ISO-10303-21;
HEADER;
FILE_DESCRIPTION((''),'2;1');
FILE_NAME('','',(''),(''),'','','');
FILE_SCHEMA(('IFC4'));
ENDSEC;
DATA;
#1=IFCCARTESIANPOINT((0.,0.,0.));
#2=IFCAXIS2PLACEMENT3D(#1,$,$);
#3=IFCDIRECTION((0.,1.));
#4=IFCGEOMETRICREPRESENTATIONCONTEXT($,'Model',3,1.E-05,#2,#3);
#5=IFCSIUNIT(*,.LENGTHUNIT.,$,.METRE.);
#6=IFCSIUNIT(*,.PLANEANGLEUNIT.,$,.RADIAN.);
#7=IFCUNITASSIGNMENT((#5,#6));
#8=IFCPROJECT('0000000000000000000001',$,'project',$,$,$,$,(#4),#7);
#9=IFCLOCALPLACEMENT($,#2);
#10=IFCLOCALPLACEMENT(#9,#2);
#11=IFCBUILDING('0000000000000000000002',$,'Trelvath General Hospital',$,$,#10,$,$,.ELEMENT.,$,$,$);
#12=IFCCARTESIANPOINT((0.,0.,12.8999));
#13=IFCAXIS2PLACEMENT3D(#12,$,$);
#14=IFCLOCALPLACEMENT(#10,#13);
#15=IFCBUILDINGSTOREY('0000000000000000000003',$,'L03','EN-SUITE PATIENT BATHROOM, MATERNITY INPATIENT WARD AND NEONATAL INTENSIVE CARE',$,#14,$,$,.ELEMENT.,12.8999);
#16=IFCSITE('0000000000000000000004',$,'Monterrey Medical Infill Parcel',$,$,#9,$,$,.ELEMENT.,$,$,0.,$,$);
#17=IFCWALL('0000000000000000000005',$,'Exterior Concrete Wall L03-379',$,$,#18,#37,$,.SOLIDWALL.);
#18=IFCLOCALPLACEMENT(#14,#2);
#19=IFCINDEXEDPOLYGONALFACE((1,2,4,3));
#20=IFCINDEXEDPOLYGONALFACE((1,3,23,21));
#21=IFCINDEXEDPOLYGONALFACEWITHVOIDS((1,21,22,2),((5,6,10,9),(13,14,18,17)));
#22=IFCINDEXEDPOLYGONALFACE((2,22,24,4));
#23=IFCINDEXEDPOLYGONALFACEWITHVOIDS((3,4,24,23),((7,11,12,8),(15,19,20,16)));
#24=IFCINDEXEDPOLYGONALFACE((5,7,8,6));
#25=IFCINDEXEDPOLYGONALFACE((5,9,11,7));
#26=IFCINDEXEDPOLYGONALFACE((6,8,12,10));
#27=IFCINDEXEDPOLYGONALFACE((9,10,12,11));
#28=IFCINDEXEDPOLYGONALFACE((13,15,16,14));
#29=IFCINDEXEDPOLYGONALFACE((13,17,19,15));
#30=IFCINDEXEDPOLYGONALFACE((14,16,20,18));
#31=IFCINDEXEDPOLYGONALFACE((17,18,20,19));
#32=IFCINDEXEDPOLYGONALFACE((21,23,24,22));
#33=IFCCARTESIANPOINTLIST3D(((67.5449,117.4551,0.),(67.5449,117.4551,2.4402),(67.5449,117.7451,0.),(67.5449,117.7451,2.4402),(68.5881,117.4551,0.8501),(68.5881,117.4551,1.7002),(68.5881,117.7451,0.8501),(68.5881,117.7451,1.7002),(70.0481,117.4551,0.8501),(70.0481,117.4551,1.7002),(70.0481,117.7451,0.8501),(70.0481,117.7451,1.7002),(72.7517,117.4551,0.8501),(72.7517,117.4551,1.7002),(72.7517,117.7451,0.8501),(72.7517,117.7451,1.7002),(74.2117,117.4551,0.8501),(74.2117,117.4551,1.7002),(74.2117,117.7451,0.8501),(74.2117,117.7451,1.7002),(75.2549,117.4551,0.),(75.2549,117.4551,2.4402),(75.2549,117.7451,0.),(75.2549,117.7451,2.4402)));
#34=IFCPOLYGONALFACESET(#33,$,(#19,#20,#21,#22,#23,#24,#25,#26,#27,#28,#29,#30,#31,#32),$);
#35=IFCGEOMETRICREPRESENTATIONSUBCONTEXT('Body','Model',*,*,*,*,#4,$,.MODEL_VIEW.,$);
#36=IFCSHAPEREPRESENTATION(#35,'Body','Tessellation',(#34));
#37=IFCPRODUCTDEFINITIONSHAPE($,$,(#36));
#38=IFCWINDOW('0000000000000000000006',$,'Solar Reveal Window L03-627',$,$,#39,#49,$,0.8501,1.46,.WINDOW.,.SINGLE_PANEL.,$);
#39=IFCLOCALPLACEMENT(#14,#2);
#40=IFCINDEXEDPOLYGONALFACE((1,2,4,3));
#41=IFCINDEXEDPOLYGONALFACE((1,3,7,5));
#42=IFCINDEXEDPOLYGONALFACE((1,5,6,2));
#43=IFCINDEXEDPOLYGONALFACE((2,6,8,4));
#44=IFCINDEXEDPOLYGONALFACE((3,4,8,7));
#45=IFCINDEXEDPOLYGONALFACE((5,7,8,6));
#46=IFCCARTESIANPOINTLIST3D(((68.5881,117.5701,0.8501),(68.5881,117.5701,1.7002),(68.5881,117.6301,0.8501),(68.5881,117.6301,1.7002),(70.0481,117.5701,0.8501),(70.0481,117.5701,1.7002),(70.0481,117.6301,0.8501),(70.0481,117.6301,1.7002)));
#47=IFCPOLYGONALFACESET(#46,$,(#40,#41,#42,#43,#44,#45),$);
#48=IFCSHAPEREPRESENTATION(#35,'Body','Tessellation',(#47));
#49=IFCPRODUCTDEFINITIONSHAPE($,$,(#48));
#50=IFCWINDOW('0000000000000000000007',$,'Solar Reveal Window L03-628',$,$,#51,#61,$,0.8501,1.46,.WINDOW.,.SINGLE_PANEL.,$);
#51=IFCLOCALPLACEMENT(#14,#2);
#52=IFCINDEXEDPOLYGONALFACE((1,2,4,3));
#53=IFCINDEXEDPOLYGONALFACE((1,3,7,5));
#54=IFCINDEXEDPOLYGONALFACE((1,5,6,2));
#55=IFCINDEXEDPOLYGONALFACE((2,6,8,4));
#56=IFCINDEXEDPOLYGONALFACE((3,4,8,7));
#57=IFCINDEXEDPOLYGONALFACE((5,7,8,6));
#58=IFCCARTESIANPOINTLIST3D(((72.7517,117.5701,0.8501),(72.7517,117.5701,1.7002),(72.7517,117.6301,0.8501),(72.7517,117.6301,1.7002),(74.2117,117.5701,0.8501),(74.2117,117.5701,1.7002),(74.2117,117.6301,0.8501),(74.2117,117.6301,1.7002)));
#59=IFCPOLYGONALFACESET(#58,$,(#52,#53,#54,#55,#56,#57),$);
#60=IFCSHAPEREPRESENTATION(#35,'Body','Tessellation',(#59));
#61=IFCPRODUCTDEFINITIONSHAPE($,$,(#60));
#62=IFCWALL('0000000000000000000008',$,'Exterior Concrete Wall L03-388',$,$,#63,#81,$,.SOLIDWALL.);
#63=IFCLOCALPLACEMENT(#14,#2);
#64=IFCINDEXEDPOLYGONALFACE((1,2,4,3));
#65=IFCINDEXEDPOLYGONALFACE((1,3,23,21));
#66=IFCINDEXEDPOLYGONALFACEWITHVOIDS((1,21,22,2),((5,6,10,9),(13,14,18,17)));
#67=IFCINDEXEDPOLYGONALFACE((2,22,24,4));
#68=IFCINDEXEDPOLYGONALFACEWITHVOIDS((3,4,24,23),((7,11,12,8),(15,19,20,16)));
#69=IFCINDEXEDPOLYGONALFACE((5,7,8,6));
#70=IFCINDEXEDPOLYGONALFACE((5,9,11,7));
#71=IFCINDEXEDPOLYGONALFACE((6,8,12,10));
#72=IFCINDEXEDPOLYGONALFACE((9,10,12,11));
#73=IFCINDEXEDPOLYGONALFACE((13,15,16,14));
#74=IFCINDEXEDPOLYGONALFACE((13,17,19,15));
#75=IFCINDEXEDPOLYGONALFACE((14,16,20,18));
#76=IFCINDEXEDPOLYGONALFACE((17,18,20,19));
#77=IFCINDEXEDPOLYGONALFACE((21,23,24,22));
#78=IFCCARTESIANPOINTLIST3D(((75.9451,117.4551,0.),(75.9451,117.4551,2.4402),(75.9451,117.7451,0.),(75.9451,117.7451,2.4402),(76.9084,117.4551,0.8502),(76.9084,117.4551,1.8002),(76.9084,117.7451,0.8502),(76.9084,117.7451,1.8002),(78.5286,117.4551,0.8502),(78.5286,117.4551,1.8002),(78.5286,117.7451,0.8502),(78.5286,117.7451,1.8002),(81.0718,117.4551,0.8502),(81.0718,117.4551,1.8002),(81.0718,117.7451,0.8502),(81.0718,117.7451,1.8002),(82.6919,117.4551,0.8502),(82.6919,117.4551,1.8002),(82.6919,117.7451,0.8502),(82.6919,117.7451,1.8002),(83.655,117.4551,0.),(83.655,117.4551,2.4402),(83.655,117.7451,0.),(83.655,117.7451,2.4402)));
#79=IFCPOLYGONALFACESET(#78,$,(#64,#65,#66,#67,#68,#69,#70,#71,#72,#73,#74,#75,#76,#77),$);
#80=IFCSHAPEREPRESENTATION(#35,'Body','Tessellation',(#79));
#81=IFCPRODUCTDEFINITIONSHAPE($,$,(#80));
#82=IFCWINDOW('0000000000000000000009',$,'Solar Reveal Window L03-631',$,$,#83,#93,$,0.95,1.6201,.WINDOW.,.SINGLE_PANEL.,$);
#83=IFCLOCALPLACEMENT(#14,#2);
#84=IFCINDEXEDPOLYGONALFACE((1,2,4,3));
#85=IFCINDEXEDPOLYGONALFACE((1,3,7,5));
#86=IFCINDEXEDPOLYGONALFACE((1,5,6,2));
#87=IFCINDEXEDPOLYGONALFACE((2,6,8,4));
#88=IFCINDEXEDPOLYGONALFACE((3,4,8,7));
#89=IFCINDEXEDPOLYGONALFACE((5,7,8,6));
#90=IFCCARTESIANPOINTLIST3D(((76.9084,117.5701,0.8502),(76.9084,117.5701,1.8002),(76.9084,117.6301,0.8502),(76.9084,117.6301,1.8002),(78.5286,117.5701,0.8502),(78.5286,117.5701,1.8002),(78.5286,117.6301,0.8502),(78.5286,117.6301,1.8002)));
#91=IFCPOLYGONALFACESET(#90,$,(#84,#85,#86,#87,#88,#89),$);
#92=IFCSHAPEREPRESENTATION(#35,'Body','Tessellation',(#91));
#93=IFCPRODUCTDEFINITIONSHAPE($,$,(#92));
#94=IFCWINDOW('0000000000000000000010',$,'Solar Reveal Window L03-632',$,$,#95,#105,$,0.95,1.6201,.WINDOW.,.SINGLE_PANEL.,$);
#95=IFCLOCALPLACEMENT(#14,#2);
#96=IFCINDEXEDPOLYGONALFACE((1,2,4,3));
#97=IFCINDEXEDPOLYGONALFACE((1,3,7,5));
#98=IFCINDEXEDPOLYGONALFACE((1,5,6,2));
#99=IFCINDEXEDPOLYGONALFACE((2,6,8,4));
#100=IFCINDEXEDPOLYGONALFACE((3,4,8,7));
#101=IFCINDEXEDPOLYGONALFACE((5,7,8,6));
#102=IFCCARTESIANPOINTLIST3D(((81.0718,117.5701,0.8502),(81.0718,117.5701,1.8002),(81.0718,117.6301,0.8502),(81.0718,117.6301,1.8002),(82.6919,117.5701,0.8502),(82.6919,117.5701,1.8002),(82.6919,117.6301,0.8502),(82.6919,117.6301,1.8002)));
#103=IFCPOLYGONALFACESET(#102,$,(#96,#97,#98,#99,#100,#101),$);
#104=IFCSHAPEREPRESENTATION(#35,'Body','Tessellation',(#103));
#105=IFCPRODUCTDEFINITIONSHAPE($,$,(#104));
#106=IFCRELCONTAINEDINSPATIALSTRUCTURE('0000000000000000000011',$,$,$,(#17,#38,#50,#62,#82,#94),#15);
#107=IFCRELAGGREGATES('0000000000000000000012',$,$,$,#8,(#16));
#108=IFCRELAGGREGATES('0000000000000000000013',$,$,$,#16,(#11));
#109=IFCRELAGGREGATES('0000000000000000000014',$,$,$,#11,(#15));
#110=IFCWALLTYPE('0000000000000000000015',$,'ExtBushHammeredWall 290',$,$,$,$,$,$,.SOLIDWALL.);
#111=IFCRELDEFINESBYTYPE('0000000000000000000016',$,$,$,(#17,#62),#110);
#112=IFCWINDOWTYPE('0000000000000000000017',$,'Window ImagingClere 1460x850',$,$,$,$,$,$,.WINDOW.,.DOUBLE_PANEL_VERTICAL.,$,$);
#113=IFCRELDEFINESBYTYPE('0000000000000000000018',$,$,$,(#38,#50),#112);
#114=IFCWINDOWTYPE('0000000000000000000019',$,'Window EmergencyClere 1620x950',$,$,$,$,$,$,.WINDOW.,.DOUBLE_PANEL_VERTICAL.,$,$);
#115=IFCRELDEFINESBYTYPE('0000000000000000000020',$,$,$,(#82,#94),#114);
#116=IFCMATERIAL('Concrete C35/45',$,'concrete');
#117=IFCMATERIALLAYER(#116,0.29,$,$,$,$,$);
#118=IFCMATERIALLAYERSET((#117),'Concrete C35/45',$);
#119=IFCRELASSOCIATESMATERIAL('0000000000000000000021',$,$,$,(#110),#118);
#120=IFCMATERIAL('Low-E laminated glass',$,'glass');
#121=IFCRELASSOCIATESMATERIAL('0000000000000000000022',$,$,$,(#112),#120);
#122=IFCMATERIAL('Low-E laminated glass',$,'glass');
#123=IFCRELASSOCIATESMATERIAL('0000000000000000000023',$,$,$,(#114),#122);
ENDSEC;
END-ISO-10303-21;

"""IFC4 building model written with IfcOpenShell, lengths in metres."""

from ifc_helpers import new_model, si_unit, direction, frame, frame_2d, origin, place, context, subcontext, project, spatial, rectangle, extrude, material, layer, layer_set, type_object, element, fill, save


model = new_model("IFC4")

# Units and contexts
model_context = context("Model", 3, precision=1e-05, world=origin(), true_north=direction((0.0, 1.0)))
body_context = subcontext(model_context, "Body", "Model", "MODEL_VIEW")
ifc_project = project(units=[si_unit("LENGTHUNIT", "METRE"), si_unit("PLANEANGLEUNIT", "RADIAN")], contexts=[model_context])

# Site, building, storey
site_placement = place(None, origin())
site = spatial("IfcSite", under=ifc_project, at=site_placement, Name="Monterrey Medical Infill Parcel", CompositionType="ELEMENT", RefElevation=0.0)
building_placement = place(site_placement, origin())
building = spatial("IfcBuilding", under=site, at=building_placement, Name="Trelvath General Hospital", CompositionType="ELEMENT")
storey_placement = place(building_placement, frame((0.0, 0.0, 12.8999)))
storey = spatial("IfcBuildingStorey", under=building, at=storey_placement, Name="L03", Description="EN-SUITE PATIENT BATHROOM, MATERNITY INPATIENT WARD AND NEONATAL INTENSIVE CARE", CompositionType="ELEMENT", Elevation=12.8999)

# Walls, openings, windows
ifc_material_1 = material(Name="Concrete C35/45", Category="concrete")
ifc_layer_1 = layer(ifc_material_1, 0.29)
ifc_layer_set_1 = layer_set([ifc_layer_1], Name="Concrete C35/45")
wall_type_1 = type_object("IfcWallType", Name="ExtBushHammeredWall 290", PredefinedType="SOLIDWALL", material=ifc_layer_set_1)
wall_1_placement = place(storey_placement, frame((67.5449, 117.6001, 0.0), z_axis=(0.0, 0.0, 1.0), x_axis=(1.0, 0.0, 0.0)))
wall_1 = element("IfcWall", 1, at=wall_1_placement, inside=storey, type_object=wall_type_1, Name="Exterior Concrete Wall L03-379", PredefinedType="SOLIDWALL", context=body_context, shape_type="SweptSolid", body=[
    extrude(rectangle(XDim=7.71, YDim=0.29, at=frame_2d((3.855, 0.0))), origin(), (0.0, 0.0, 1.0), 2.4402),
])
opening_1_placement = place(wall_1_placement, frame((1.0432, 0.0, 0.8501)))
opening_1 = element("IfcOpeningElement", 2, at=opening_1_placement, cuts=wall_1, PredefinedType="OPENING", context=body_context, shape_type="SweptSolid", body=[
    extrude(rectangle(XDim=1.46, YDim=0.8501, at=frame_2d((0.73, 0.425))), frame((0.0, 0.155, 0.0), z_axis=(0.0, -1.0, 0.0), x_axis=(1.0, 0.0, 0.0)), (0.0, 0.0, 1.0), 0.3101),
])
opening_2_placement = place(wall_1_placement, frame((5.2068, 0.0, 0.8501)))
opening_2 = element("IfcOpeningElement", 3, at=opening_2_placement, cuts=wall_1, PredefinedType="OPENING", context=body_context, shape_type="SweptSolid", body=[
    extrude(rectangle(XDim=1.46, YDim=0.8501, at=frame_2d((0.73, 0.425))), frame((0.0, 0.155, 0.0), z_axis=(0.0, -1.0, 0.0), x_axis=(1.0, 0.0, 0.0)), (0.0, 0.0, 1.0), 0.3101),
])
ifc_material_2 = material(Name="Low-E laminated glass", Category="glass")
window_type_1 = type_object("IfcWindowType", Name="Window ImagingClere 1460x850", PartitioningType="DOUBLE_PANEL_VERTICAL", PredefinedType="WINDOW", material=ifc_material_2)
window_1_placement = place(opening_1_placement, origin())
window_1 = element("IfcWindow", 4, at=window_1_placement, inside=storey, type_object=window_type_1, Name="Solar Reveal Window L03-627", OverallHeight=0.8501, OverallWidth=1.46, PartitioningType="SINGLE_PANEL", PredefinedType="WINDOW", context=body_context, shape_type="SweptSolid", body=[
    extrude(rectangle(XDim=1.46, YDim=0.8501, at=frame_2d((0.73, 0.425))), frame((0.0, 0.03, 0.0), z_axis=(0.0, -1.0, 0.0), x_axis=(1.0, 0.0, 0.0)), (0.0, 0.0, 1.0), 0.0601),
])
fill(opening_1, window_1)
window_2_placement = place(opening_2_placement, origin())
window_2 = element("IfcWindow", 5, at=window_2_placement, inside=storey, type_object=window_type_1, Name="Solar Reveal Window L03-628", OverallHeight=0.8501, OverallWidth=1.46, PartitioningType="SINGLE_PANEL", PredefinedType="WINDOW", context=body_context, shape_type="SweptSolid", body=[
    extrude(rectangle(XDim=1.46, YDim=0.8501, at=frame_2d((0.73, 0.425))), frame((0.0, 0.03, 0.0), z_axis=(0.0, -1.0, 0.0), x_axis=(1.0, 0.0, 0.0)), (0.0, 0.0, 1.0), 0.0601),
])
fill(opening_2, window_2)
wall_2_placement = place(storey_placement, frame((75.9451, 117.6001, 0.0), z_axis=(0.0, 0.0, 1.0), x_axis=(1.0, 0.0, 0.0)))
wall_2 = element("IfcWall", 6, at=wall_2_placement, inside=storey, type_object=wall_type_1, Name="Exterior Concrete Wall L03-388", PredefinedType="SOLIDWALL", context=body_context, shape_type="SweptSolid", body=[
    extrude(rectangle(XDim=7.71, YDim=0.29, at=frame_2d((3.855, 0.0))), origin(), (0.0, 0.0, 1.0), 2.4402),
])
opening_3_placement = place(wall_2_placement, frame((0.9634, 0.0, 0.8501)))
opening_3 = element("IfcOpeningElement", 7, at=opening_3_placement, cuts=wall_2, PredefinedType="OPENING", context=body_context, shape_type="SweptSolid", body=[
    extrude(rectangle(XDim=1.6201, YDim=0.95, at=frame_2d((0.8101, 0.4751))), frame((0.0, 0.155, 0.0), z_axis=(0.0, -1.0, 0.0), x_axis=(1.0, 0.0, 0.0)), (0.0, 0.0, 1.0), 0.3101),
])
opening_4_placement = place(wall_2_placement, frame((5.1267, 0.0, 0.8501)))
opening_4 = element("IfcOpeningElement", 8, at=opening_4_placement, cuts=wall_2, PredefinedType="OPENING", context=body_context, shape_type="SweptSolid", body=[
    extrude(rectangle(XDim=1.6201, YDim=0.95, at=frame_2d((0.8101, 0.4751))), frame((0.0, 0.155, 0.0), z_axis=(0.0, -1.0, 0.0), x_axis=(1.0, 0.0, 0.0)), (0.0, 0.0, 1.0), 0.3101),
])
ifc_material_3 = material(Name="Low-E laminated glass", Category="glass")
window_type_2 = type_object("IfcWindowType", Name="Window EmergencyClere 1620x950", PartitioningType="DOUBLE_PANEL_VERTICAL", PredefinedType="WINDOW", material=ifc_material_3)
window_3_placement = place(opening_3_placement, origin())
window_3 = element("IfcWindow", 9, at=window_3_placement, inside=storey, type_object=window_type_2, Name="Solar Reveal Window L03-631", OverallHeight=0.95, OverallWidth=1.6201, PartitioningType="SINGLE_PANEL", PredefinedType="WINDOW", context=body_context, shape_type="SweptSolid", body=[
    extrude(rectangle(XDim=1.6201, YDim=0.95, at=frame_2d((0.8101, 0.4751))), frame((0.0, 0.03, 0.0), z_axis=(0.0, -1.0, 0.0), x_axis=(1.0, 0.0, 0.0)), (0.0, 0.0, 1.0), 0.0601),
])
fill(opening_3, window_3)
window_4_placement = place(opening_4_placement, origin())
window_4 = element("IfcWindow", 10, at=window_4_placement, inside=storey, type_object=window_type_2, Name="Solar Reveal Window L03-632", OverallHeight=0.95, OverallWidth=1.6201, PartitioningType="SINGLE_PANEL", PredefinedType="WINDOW", context=body_context, shape_type="SweptSolid", body=[
    extrude(rectangle(XDim=1.6201, YDim=0.95, at=frame_2d((0.8101, 0.4751))), frame((0.0, 0.03, 0.0), z_axis=(0.0, -1.0, 0.0), x_axis=(1.0, 0.0, 0.0)), (0.0, 0.0, 1.0), 0.0601),
])
fill(opening_4, window_4)

save(model, "model.ifc")
